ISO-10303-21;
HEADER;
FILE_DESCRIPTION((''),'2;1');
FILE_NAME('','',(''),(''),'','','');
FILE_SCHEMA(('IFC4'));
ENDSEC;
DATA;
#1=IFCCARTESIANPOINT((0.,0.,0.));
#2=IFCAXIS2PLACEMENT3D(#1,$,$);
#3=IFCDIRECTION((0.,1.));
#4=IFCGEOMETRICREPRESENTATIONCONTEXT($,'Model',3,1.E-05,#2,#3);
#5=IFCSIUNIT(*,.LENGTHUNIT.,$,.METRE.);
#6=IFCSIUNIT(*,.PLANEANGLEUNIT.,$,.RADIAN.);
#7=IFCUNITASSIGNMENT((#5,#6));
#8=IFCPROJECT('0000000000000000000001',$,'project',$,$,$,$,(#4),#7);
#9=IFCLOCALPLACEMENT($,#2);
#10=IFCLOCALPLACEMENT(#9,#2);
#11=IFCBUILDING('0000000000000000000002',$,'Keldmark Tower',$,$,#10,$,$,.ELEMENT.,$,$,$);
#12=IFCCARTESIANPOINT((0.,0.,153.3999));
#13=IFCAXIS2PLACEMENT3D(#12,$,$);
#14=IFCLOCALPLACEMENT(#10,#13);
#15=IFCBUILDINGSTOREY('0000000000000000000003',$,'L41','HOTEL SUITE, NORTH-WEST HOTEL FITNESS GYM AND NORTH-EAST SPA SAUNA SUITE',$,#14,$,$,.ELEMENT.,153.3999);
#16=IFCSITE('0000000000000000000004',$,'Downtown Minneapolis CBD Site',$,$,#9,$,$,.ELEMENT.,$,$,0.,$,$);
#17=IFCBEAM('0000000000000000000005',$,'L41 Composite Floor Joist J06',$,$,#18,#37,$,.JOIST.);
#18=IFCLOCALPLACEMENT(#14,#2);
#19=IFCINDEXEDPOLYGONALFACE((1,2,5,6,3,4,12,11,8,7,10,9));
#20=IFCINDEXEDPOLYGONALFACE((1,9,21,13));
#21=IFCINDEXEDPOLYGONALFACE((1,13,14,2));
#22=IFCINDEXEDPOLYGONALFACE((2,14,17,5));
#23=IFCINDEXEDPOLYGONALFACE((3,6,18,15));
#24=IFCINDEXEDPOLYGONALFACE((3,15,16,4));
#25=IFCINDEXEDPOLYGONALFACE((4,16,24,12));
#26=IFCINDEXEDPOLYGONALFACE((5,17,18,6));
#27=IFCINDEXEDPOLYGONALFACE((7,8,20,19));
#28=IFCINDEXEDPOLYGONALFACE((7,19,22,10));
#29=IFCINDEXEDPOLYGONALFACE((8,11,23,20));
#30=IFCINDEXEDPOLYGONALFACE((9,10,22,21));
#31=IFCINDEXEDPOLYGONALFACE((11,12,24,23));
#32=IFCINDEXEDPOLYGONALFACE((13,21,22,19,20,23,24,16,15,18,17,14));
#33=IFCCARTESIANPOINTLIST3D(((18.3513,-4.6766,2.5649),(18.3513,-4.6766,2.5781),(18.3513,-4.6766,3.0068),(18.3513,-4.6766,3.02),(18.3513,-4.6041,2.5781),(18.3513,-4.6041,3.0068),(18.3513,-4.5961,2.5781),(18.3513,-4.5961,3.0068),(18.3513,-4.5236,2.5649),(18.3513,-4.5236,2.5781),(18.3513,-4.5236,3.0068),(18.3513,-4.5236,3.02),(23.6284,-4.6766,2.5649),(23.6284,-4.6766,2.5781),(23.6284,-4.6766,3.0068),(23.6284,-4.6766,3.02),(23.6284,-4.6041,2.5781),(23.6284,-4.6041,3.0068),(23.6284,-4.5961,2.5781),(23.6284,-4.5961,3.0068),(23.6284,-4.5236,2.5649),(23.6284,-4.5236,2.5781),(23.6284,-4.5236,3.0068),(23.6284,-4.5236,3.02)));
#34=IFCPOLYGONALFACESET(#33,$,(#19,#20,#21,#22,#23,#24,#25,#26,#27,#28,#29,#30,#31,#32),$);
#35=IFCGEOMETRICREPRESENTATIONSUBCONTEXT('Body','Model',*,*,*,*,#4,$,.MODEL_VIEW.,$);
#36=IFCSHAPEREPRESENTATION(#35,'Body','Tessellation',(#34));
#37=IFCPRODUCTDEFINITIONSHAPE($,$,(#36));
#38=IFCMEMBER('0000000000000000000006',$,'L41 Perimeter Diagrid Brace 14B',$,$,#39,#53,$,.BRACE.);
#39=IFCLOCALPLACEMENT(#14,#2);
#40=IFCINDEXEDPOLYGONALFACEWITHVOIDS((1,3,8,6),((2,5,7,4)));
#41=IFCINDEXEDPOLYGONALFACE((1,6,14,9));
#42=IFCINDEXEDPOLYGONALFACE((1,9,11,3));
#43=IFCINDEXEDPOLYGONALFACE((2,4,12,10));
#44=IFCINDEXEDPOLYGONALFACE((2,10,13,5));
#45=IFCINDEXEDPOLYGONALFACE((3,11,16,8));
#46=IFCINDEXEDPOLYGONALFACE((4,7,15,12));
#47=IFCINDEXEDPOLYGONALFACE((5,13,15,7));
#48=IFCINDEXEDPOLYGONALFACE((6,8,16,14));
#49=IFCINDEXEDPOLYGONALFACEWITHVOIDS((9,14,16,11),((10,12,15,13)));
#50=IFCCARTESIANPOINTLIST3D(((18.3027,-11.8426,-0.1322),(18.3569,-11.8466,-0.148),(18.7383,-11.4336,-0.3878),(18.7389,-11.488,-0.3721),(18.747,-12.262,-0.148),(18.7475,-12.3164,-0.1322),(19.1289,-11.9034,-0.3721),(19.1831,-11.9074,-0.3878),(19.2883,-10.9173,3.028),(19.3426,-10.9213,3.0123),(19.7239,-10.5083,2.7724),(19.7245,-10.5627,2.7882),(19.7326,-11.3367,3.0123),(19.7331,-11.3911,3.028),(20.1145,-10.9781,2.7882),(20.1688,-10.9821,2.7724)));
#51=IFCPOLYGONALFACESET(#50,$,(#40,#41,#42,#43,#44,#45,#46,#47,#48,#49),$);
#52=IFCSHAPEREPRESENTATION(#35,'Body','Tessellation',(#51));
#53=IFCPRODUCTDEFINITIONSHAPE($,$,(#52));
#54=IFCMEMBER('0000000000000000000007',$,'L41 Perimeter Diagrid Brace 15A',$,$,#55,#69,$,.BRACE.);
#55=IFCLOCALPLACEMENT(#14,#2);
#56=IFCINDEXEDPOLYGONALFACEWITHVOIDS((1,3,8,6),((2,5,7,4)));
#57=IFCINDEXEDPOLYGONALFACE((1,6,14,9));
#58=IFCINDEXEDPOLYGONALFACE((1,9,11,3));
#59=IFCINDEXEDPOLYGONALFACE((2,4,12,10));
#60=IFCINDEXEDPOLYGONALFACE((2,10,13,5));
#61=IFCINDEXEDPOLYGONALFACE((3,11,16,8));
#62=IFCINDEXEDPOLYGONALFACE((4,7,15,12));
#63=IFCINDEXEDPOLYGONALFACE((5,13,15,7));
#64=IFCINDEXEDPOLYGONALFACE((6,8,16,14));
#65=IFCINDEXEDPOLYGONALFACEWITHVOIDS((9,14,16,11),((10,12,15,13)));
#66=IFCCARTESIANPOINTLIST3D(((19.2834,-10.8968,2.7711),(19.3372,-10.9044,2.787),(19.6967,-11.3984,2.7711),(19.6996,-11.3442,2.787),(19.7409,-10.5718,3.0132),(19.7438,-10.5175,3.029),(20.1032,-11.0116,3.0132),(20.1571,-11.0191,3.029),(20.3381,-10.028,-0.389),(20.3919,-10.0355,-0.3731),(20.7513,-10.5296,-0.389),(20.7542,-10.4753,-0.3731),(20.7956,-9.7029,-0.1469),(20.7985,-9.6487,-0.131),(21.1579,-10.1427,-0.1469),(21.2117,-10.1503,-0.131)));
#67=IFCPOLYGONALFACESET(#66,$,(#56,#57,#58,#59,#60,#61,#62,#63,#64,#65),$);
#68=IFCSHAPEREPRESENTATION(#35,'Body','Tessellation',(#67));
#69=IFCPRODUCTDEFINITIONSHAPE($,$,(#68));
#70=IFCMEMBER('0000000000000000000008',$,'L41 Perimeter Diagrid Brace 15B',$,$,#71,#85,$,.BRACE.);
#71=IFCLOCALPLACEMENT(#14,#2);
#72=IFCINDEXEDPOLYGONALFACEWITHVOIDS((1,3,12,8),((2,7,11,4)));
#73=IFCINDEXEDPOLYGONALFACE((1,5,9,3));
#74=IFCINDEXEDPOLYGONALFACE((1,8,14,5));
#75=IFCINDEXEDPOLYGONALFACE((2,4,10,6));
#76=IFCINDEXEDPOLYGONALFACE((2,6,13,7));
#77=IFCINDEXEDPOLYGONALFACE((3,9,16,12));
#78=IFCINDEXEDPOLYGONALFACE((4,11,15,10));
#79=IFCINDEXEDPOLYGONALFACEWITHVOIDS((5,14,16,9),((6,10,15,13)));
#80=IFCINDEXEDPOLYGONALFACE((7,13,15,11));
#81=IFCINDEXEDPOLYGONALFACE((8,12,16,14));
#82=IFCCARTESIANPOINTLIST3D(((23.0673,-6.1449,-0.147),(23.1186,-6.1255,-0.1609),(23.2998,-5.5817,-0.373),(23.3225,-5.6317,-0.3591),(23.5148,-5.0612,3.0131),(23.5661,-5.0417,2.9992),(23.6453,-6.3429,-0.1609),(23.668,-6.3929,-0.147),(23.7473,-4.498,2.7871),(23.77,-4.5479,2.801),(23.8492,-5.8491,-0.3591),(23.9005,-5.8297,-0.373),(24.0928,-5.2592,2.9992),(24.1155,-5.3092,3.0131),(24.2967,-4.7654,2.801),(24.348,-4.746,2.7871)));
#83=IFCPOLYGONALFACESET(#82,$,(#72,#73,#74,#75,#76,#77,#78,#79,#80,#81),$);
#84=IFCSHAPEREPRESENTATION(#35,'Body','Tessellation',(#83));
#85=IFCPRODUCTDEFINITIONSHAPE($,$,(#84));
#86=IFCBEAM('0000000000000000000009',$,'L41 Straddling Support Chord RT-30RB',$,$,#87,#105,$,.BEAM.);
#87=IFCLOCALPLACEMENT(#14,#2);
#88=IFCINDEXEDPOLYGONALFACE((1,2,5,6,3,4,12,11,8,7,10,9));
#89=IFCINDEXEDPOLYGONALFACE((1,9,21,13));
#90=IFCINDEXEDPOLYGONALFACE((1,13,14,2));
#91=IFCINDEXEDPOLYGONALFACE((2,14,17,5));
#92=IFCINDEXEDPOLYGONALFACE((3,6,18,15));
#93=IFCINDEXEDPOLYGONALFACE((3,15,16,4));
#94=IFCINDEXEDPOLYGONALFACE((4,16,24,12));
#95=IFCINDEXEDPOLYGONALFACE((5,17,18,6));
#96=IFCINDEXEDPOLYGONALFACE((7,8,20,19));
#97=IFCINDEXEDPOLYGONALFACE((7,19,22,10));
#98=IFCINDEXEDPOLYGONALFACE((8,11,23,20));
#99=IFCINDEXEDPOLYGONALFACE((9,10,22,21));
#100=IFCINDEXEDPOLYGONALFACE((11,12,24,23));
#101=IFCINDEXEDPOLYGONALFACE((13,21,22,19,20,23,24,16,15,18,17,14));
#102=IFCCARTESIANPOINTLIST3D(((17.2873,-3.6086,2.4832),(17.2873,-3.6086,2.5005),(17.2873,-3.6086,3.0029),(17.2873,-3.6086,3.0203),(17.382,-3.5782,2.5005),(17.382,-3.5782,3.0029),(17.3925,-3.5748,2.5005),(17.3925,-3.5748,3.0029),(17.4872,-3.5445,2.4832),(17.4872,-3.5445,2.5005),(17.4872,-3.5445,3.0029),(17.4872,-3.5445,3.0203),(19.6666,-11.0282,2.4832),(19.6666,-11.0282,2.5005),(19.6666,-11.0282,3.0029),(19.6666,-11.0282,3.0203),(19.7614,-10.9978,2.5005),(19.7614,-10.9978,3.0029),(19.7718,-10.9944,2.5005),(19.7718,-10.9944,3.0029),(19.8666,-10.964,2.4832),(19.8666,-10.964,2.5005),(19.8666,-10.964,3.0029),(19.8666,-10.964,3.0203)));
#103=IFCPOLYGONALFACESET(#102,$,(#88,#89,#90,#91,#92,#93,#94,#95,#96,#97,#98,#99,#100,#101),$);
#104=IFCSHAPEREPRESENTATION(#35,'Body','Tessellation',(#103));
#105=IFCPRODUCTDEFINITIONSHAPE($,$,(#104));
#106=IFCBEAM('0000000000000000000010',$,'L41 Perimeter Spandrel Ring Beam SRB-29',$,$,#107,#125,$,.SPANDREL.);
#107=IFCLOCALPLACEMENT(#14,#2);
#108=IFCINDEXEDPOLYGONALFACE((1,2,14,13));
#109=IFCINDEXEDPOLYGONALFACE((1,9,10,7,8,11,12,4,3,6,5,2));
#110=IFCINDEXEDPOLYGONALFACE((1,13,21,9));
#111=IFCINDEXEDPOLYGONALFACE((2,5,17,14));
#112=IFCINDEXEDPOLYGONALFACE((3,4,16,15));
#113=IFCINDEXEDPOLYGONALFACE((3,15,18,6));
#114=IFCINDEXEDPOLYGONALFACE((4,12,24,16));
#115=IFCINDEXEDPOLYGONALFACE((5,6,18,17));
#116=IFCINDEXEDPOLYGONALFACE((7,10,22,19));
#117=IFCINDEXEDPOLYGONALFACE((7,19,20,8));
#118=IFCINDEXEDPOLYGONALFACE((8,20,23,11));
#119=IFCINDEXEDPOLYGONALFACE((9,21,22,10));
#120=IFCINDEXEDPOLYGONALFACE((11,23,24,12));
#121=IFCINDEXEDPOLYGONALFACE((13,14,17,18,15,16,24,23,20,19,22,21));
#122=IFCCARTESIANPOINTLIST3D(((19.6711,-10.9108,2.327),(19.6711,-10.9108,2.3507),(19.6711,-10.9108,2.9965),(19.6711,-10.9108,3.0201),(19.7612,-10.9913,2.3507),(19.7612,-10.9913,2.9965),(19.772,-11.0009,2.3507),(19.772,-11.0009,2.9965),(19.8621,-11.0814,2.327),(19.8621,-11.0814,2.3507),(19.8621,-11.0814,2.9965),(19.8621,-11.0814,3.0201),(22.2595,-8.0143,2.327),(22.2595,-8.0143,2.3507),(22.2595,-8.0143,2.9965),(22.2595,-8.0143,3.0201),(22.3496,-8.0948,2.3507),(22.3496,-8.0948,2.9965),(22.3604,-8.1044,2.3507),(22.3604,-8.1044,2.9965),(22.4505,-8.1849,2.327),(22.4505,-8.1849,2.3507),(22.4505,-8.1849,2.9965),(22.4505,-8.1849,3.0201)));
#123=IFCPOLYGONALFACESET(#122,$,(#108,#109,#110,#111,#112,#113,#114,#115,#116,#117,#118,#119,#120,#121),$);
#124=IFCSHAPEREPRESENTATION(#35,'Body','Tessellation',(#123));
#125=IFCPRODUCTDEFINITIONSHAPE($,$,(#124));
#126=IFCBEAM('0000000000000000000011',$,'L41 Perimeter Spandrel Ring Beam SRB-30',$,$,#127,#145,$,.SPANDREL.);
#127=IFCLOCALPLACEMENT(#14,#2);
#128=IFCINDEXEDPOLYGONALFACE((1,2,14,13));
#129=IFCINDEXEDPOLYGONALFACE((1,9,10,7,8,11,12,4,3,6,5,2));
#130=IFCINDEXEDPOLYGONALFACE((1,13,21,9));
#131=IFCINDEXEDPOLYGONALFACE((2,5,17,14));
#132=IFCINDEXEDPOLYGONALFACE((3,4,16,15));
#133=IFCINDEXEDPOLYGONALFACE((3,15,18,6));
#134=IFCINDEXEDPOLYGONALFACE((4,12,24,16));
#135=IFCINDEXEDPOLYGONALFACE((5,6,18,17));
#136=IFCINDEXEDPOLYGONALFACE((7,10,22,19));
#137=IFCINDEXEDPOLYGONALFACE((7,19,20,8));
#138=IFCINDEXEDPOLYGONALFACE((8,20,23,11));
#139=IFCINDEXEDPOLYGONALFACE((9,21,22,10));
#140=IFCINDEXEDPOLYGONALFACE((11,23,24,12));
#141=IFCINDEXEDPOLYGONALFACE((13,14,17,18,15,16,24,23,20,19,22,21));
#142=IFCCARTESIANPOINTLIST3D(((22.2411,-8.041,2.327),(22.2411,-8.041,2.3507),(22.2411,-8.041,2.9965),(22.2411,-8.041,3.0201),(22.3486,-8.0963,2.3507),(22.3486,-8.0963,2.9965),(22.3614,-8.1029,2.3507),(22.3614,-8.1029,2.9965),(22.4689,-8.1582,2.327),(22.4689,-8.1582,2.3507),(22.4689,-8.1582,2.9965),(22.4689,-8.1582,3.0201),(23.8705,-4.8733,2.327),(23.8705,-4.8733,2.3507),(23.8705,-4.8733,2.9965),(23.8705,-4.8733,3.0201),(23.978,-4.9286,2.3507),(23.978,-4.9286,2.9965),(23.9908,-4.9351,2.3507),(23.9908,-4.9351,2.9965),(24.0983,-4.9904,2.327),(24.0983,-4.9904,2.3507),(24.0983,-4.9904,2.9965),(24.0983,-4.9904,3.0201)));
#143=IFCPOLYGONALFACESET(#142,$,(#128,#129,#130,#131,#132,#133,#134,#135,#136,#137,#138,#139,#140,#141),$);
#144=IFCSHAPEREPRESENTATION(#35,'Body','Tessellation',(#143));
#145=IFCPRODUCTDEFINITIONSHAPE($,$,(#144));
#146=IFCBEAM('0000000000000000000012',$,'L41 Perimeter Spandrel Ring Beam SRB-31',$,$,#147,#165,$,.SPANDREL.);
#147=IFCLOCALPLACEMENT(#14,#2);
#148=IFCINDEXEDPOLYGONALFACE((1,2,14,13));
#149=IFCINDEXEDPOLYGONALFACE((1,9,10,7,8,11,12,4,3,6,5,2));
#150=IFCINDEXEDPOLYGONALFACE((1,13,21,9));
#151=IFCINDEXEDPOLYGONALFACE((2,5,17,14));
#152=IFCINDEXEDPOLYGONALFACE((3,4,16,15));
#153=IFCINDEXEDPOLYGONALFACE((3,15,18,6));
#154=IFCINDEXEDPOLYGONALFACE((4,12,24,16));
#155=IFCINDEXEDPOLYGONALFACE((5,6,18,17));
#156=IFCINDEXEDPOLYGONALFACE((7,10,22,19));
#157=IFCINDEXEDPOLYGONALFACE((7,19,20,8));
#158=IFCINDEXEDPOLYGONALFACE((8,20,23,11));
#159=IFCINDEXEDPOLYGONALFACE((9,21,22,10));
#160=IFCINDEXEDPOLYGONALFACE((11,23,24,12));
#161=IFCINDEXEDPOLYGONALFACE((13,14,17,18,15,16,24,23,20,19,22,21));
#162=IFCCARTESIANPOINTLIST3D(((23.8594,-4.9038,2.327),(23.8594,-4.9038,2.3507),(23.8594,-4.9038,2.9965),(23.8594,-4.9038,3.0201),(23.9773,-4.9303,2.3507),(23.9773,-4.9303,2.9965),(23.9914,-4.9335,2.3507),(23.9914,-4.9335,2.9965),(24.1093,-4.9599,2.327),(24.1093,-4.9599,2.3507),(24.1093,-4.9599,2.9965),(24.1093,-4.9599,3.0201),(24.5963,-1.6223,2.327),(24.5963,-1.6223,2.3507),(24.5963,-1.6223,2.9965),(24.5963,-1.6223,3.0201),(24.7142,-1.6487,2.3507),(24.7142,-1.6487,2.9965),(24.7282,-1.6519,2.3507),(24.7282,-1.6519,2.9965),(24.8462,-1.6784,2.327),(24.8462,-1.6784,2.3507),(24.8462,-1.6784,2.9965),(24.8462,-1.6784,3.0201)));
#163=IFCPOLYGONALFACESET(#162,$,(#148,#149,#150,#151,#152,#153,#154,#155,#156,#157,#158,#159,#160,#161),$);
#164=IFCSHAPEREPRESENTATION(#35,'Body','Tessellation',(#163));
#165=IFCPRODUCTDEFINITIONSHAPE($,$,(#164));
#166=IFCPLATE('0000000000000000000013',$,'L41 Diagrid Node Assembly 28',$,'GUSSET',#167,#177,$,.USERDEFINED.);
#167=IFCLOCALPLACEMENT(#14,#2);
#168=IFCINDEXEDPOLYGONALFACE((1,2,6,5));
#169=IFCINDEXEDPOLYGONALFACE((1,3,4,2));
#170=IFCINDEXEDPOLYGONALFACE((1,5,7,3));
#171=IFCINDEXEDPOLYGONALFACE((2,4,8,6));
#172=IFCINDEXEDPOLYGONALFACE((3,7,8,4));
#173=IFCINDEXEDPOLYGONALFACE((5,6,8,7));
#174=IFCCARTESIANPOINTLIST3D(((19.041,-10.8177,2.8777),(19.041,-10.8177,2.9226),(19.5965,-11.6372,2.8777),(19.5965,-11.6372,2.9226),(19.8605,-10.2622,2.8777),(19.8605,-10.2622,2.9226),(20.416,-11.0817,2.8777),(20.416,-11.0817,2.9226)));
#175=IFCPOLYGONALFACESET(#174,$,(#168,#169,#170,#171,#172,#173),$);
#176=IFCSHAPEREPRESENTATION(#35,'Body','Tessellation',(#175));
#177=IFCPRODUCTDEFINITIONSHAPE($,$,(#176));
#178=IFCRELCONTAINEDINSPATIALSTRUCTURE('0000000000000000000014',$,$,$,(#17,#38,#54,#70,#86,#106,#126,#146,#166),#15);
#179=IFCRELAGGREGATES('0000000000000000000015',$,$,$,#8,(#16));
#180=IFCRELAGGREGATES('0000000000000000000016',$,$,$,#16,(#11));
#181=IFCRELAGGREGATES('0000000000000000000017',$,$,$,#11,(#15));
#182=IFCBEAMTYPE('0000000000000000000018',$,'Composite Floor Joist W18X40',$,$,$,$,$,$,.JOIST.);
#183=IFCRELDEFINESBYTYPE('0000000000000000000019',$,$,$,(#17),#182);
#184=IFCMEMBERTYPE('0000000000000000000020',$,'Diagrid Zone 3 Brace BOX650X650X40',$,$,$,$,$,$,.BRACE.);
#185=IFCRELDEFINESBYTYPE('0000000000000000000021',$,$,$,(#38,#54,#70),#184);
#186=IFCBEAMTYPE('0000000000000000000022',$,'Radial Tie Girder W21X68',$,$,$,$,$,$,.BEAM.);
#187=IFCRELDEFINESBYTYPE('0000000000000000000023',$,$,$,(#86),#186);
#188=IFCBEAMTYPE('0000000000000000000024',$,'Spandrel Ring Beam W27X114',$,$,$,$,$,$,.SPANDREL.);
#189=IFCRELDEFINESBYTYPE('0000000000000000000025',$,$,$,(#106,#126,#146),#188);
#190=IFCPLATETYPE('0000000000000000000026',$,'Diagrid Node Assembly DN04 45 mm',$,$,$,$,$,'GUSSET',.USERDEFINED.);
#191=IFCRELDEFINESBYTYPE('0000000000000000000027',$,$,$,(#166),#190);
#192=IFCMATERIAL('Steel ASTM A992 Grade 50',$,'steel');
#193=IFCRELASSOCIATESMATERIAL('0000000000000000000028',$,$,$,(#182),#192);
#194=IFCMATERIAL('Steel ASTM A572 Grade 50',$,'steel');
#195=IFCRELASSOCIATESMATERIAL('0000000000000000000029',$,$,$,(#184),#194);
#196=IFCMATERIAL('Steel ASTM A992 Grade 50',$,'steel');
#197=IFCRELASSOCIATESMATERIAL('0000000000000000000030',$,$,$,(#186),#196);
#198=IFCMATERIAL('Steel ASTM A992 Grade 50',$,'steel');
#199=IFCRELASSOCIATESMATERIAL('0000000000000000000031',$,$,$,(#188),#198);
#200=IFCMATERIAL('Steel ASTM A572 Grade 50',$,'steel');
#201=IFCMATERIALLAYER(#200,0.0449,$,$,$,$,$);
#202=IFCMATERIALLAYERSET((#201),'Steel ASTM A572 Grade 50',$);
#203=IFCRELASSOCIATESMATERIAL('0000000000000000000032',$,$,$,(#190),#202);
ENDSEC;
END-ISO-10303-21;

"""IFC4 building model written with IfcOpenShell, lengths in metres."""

from ifc_helpers import new_model, si_unit, direction, frame, origin, origin_2d, place, context, subcontext, project, spatial, rectangle, hollow_rectangle, i_section, extrude, material, layer, layer_set, material_profile, profile_set, type_object, element, save


model = new_model("IFC4")

# Units and contexts
model_context = context("Model", 3, precision=1e-05, world=origin(), true_north=direction((0.0, 1.0)))
body_context = subcontext(model_context, "Body", "Model", "MODEL_VIEW")
ifc_project = project(units=[si_unit("LENGTHUNIT", "METRE"), si_unit("PLANEANGLEUNIT", "RADIAN")], contexts=[model_context])

# Site, building, storey
site_placement = place(None, origin())
site = spatial("IfcSite", under=ifc_project, at=site_placement, Name="Downtown Minneapolis CBD Site", CompositionType="ELEMENT", RefElevation=0.0)
building_placement = place(site_placement, origin())
building = spatial("IfcBuilding", under=site, at=building_placement, Name="Keldmark Tower", CompositionType="ELEMENT")
storey_placement = place(building_placement, frame((0.0, 0.0, 153.3999)))
storey = spatial("IfcBuildingStorey", under=building, at=storey_placement, Name="L41", Description="HOTEL SUITE, NORTH-WEST HOTEL FITNESS GYM AND NORTH-EAST SPA SAUNA SUITE", CompositionType="ELEMENT", Elevation=153.3999)

# Beam
ifc_material_1 = material(Name="Steel ASTM A992 Grade 50", Category="steel")
ifc_material_profile_1 = material_profile(ifc_material_1, i_section(OverallWidth=0.1531, OverallDepth=0.4551, WebThickness=0.0081, FlangeThickness=0.0132, at=origin_2d()), Name="W18X40")
ifc_profile_set_1 = profile_set([ifc_material_profile_1], Name="Steel ASTM A992 Grade 50")
beam_type_1 = type_object("IfcBeamType", Name="Composite Floor Joist W18X40", PredefinedType="JOIST", material=ifc_profile_set_1)
beam_1_placement = place(storey_placement, frame((18.3513, -4.6001, 2.7925), z_axis=(1.0, 0.0, 0.0), x_axis=(0.0, 1.0, 0.0)))
element("IfcBeam", 1, at=beam_1_placement, inside=storey, type_object=beam_type_1, Name="L41 Composite Floor Joist J06", PredefinedType="JOIST", context=body_context, shape_type="SweptSolid", body=[
    extrude(i_section(OverallWidth=0.1531, OverallDepth=0.4551, WebThickness=0.0081, FlangeThickness=0.0132, at=origin_2d()), origin(), (0.0, 0.0, 1.0), 5.2771),
])

# Members
ifc_material_2 = material(Name="Steel ASTM A572 Grade 50", Category="steel")
ifc_material_profile_2 = material_profile(ifc_material_2, hollow_rectangle(XDim=0.6499, YDim=0.6499, WallThickness=0.04, at=origin_2d()), Name="BOX650X650X40")
ifc_profile_set_2 = profile_set([ifc_material_profile_2], Name="Steel ASTM A572 Grade 50")
member_type = type_object("IfcMemberType", Name="Diagrid Zone 3 Brace BOX650X650X40", PredefinedType="BRACE", material=ifc_profile_set_2)
member_1_placement = place(storey_placement, frame((18.7429, -11.875, -0.26), z_axis=(0.286746, 0.269202, 0.919406), x_axis=(-0.684452, 0.729058, 0.0)))
element("IfcMember", 2, at=member_1_placement, inside=storey, type_object=member_type, Name="L41 Perimeter Diagrid Brace 14B", PredefinedType="BRACE", context=body_context, shape_type="SweptSolid", body=[
    extrude(hollow_rectangle(XDim=0.6499, YDim=0.6499, WallThickness=0.04, at=origin_2d()), origin(), (0.0, 0.0, 1.0), 3.4373),
])
member_2_placement = place(storey_placement, frame((20.7749, -10.0891, -0.26), z_axis=(-0.306332, -0.252369, 0.917862), x_axis=(0.635851, -0.771812, 0.0)))
element("IfcMember", 3, at=member_2_placement, inside=storey, type_object=member_type, Name="L41 Perimeter Diagrid Brace 15A", PredefinedType="BRACE", context=body_context, shape_type="SweptSolid", body=[
    extrude(hollow_rectangle(XDim=0.6499, YDim=0.6499, WallThickness=0.04, at=origin_2d()), origin(), (0.0, 0.0, 1.0), 3.4429),
])
member_3_placement = place(storey_placement, frame((23.4839, -5.9873, -0.26), z_axis=(0.132766, 0.321522, 0.937548), x_axis=(-0.924298, 0.381671, 0.0)))
element("IfcMember", 4, at=member_3_placement, inside=storey, type_object=member_type, Name="L41 Perimeter Diagrid Brace 15B", PredefinedType="BRACE", context=body_context, shape_type="SweptSolid", body=[
    extrude(hollow_rectangle(XDim=0.6499, YDim=0.6499, WallThickness=0.04, at=origin_2d()), origin(), (0.0, 0.0, 1.0), 3.3706),
])

# Beams
ifc_material_3 = material(Name="Steel ASTM A992 Grade 50", Category="steel")
ifc_material_profile_3 = material_profile(ifc_material_3, i_section(OverallWidth=0.21, OverallDepth=0.5371, WebThickness=0.011, FlangeThickness=0.0173, at=origin_2d()), Name="W21X68")
ifc_profile_set_3 = profile_set([ifc_material_profile_3], Name="Steel ASTM A992 Grade 50")
beam_type_2 = type_object("IfcBeamType", Name="Radial Tie Girder W21X68", PredefinedType="BEAM", material=ifc_profile_set_3)
beam_2_placement = place(storey_placement, frame((19.7666, -10.9961, 2.7517), z_axis=(-0.305369, 0.952234, 0.0), x_axis=(-0.952234, -0.305369, 0.0)))
element("IfcBeam", 5, at=beam_2_placement, inside=storey, type_object=beam_type_2, Name="L41 Straddling Support Chord RT-30RB", PredefinedType="BEAM", context=body_context, shape_type="SweptSolid", body=[
    extrude(i_section(OverallWidth=0.21, OverallDepth=0.5371, WebThickness=0.011, FlangeThickness=0.0173, at=origin_2d()), origin(), (0.0, 0.0, 1.0), 7.7917),
])
ifc_material_4 = material(Name="Steel ASTM A992 Grade 50", Category="steel")
ifc_material_profile_4 = material_profile(ifc_material_4, i_section(OverallWidth=0.2561, OverallDepth=0.6931, WebThickness=0.0144, FlangeThickness=0.0237, at=origin_2d()), Name="W27X114")
ifc_profile_set_4 = profile_set([ifc_material_profile_4], Name="Steel ASTM A992 Grade 50")
beam_type_3 = type_object("IfcBeamType", Name="Spandrel Ring Beam W27X114", PredefinedType="SPANDREL", material=ifc_profile_set_4)
beam_3_placement = place(storey_placement, frame((19.7666, -10.9961, 2.6736), z_axis=(0.666335, 0.745652, 0.0), x_axis=(-0.745652, 0.666335, 0.0)))
element("IfcBeam", 6, at=beam_3_placement, inside=storey, type_object=beam_type_3, Name="L41 Perimeter Spandrel Ring Beam SRB-29", PredefinedType="SPANDREL", context=body_context, shape_type="SweptSolid", body=[
    extrude(i_section(OverallWidth=0.2561, OverallDepth=0.6931, WebThickness=0.0144, FlangeThickness=0.0237, at=origin_2d()), origin(), (0.0, 0.0, 1.0), 3.8845),
])
beam_4_placement = place(storey_placement, frame((22.355, -8.0996, 2.6736), z_axis=(0.45741, 0.889256, 0.0), x_axis=(-0.889256, 0.45741, 0.0)))
element("IfcBeam", 7, at=beam_4_placement, inside=storey, type_object=beam_type_3, Name="L41 Perimeter Spandrel Ring Beam SRB-30", PredefinedType="SPANDREL", context=body_context, shape_type="SweptSolid", body=[
    extrude(i_section(OverallWidth=0.2561, OverallDepth=0.6931, WebThickness=0.0144, FlangeThickness=0.0237, at=origin_2d()), origin(), (0.0, 0.0, 1.0), 3.5623),
])
beam_5_placement = place(storey_placement, frame((23.9844, -4.9319, 2.6736), z_axis=(0.219082, 0.975706, 0.0), x_axis=(-0.975706, 0.219082, 0.0)))
element("IfcBeam", 8, at=beam_5_placement, inside=storey, type_object=beam_type_3, Name="L41 Perimeter Spandrel Ring Beam SRB-31", PredefinedType="SPANDREL", context=body_context, shape_type="SweptSolid", body=[
    extrude(i_section(OverallWidth=0.2561, OverallDepth=0.6931, WebThickness=0.0144, FlangeThickness=0.0237, at=origin_2d()), origin(), (0.0, 0.0, 1.0), 3.3633),
])

# Plate
ifc_material_5 = material(Name="Steel ASTM A572 Grade 50", Category="steel")
ifc_layer_1 = layer(ifc_material_5, 0.0449)
ifc_layer_set_1 = layer_set([ifc_layer_1], Name="Steel ASTM A572 Grade 50")
plate_type = type_object("IfcPlateType", Name="Diagrid Node Assembly DN04 45 mm", ElementType="GUSSET", PredefinedType="USERDEFINED", material=ifc_layer_set_1)
for number, where, z_axis, x_axis, name in (
    (9, (19.7285, -10.9497, 2.8777), (0.0, 0.0, 1.0), (0.827767, 0.561072, 0.0), "L41 Diagrid Node Assembly 28"),
):
    element("IfcPlate", number, at=place(storey_placement, frame(where, z_axis=z_axis, x_axis=x_axis)), inside=storey, type_object=plate_type, Name=name, ObjectType="GUSSET", PredefinedType="USERDEFINED", context=body_context, shape_type="SweptSolid", body=[
        extrude(rectangle(XDim=0.99, YDim=0.99, at=origin_2d()), origin(), (0.0, 0.0, 1.0), 0.0449),
    ])

save(model, "model.ifc")
